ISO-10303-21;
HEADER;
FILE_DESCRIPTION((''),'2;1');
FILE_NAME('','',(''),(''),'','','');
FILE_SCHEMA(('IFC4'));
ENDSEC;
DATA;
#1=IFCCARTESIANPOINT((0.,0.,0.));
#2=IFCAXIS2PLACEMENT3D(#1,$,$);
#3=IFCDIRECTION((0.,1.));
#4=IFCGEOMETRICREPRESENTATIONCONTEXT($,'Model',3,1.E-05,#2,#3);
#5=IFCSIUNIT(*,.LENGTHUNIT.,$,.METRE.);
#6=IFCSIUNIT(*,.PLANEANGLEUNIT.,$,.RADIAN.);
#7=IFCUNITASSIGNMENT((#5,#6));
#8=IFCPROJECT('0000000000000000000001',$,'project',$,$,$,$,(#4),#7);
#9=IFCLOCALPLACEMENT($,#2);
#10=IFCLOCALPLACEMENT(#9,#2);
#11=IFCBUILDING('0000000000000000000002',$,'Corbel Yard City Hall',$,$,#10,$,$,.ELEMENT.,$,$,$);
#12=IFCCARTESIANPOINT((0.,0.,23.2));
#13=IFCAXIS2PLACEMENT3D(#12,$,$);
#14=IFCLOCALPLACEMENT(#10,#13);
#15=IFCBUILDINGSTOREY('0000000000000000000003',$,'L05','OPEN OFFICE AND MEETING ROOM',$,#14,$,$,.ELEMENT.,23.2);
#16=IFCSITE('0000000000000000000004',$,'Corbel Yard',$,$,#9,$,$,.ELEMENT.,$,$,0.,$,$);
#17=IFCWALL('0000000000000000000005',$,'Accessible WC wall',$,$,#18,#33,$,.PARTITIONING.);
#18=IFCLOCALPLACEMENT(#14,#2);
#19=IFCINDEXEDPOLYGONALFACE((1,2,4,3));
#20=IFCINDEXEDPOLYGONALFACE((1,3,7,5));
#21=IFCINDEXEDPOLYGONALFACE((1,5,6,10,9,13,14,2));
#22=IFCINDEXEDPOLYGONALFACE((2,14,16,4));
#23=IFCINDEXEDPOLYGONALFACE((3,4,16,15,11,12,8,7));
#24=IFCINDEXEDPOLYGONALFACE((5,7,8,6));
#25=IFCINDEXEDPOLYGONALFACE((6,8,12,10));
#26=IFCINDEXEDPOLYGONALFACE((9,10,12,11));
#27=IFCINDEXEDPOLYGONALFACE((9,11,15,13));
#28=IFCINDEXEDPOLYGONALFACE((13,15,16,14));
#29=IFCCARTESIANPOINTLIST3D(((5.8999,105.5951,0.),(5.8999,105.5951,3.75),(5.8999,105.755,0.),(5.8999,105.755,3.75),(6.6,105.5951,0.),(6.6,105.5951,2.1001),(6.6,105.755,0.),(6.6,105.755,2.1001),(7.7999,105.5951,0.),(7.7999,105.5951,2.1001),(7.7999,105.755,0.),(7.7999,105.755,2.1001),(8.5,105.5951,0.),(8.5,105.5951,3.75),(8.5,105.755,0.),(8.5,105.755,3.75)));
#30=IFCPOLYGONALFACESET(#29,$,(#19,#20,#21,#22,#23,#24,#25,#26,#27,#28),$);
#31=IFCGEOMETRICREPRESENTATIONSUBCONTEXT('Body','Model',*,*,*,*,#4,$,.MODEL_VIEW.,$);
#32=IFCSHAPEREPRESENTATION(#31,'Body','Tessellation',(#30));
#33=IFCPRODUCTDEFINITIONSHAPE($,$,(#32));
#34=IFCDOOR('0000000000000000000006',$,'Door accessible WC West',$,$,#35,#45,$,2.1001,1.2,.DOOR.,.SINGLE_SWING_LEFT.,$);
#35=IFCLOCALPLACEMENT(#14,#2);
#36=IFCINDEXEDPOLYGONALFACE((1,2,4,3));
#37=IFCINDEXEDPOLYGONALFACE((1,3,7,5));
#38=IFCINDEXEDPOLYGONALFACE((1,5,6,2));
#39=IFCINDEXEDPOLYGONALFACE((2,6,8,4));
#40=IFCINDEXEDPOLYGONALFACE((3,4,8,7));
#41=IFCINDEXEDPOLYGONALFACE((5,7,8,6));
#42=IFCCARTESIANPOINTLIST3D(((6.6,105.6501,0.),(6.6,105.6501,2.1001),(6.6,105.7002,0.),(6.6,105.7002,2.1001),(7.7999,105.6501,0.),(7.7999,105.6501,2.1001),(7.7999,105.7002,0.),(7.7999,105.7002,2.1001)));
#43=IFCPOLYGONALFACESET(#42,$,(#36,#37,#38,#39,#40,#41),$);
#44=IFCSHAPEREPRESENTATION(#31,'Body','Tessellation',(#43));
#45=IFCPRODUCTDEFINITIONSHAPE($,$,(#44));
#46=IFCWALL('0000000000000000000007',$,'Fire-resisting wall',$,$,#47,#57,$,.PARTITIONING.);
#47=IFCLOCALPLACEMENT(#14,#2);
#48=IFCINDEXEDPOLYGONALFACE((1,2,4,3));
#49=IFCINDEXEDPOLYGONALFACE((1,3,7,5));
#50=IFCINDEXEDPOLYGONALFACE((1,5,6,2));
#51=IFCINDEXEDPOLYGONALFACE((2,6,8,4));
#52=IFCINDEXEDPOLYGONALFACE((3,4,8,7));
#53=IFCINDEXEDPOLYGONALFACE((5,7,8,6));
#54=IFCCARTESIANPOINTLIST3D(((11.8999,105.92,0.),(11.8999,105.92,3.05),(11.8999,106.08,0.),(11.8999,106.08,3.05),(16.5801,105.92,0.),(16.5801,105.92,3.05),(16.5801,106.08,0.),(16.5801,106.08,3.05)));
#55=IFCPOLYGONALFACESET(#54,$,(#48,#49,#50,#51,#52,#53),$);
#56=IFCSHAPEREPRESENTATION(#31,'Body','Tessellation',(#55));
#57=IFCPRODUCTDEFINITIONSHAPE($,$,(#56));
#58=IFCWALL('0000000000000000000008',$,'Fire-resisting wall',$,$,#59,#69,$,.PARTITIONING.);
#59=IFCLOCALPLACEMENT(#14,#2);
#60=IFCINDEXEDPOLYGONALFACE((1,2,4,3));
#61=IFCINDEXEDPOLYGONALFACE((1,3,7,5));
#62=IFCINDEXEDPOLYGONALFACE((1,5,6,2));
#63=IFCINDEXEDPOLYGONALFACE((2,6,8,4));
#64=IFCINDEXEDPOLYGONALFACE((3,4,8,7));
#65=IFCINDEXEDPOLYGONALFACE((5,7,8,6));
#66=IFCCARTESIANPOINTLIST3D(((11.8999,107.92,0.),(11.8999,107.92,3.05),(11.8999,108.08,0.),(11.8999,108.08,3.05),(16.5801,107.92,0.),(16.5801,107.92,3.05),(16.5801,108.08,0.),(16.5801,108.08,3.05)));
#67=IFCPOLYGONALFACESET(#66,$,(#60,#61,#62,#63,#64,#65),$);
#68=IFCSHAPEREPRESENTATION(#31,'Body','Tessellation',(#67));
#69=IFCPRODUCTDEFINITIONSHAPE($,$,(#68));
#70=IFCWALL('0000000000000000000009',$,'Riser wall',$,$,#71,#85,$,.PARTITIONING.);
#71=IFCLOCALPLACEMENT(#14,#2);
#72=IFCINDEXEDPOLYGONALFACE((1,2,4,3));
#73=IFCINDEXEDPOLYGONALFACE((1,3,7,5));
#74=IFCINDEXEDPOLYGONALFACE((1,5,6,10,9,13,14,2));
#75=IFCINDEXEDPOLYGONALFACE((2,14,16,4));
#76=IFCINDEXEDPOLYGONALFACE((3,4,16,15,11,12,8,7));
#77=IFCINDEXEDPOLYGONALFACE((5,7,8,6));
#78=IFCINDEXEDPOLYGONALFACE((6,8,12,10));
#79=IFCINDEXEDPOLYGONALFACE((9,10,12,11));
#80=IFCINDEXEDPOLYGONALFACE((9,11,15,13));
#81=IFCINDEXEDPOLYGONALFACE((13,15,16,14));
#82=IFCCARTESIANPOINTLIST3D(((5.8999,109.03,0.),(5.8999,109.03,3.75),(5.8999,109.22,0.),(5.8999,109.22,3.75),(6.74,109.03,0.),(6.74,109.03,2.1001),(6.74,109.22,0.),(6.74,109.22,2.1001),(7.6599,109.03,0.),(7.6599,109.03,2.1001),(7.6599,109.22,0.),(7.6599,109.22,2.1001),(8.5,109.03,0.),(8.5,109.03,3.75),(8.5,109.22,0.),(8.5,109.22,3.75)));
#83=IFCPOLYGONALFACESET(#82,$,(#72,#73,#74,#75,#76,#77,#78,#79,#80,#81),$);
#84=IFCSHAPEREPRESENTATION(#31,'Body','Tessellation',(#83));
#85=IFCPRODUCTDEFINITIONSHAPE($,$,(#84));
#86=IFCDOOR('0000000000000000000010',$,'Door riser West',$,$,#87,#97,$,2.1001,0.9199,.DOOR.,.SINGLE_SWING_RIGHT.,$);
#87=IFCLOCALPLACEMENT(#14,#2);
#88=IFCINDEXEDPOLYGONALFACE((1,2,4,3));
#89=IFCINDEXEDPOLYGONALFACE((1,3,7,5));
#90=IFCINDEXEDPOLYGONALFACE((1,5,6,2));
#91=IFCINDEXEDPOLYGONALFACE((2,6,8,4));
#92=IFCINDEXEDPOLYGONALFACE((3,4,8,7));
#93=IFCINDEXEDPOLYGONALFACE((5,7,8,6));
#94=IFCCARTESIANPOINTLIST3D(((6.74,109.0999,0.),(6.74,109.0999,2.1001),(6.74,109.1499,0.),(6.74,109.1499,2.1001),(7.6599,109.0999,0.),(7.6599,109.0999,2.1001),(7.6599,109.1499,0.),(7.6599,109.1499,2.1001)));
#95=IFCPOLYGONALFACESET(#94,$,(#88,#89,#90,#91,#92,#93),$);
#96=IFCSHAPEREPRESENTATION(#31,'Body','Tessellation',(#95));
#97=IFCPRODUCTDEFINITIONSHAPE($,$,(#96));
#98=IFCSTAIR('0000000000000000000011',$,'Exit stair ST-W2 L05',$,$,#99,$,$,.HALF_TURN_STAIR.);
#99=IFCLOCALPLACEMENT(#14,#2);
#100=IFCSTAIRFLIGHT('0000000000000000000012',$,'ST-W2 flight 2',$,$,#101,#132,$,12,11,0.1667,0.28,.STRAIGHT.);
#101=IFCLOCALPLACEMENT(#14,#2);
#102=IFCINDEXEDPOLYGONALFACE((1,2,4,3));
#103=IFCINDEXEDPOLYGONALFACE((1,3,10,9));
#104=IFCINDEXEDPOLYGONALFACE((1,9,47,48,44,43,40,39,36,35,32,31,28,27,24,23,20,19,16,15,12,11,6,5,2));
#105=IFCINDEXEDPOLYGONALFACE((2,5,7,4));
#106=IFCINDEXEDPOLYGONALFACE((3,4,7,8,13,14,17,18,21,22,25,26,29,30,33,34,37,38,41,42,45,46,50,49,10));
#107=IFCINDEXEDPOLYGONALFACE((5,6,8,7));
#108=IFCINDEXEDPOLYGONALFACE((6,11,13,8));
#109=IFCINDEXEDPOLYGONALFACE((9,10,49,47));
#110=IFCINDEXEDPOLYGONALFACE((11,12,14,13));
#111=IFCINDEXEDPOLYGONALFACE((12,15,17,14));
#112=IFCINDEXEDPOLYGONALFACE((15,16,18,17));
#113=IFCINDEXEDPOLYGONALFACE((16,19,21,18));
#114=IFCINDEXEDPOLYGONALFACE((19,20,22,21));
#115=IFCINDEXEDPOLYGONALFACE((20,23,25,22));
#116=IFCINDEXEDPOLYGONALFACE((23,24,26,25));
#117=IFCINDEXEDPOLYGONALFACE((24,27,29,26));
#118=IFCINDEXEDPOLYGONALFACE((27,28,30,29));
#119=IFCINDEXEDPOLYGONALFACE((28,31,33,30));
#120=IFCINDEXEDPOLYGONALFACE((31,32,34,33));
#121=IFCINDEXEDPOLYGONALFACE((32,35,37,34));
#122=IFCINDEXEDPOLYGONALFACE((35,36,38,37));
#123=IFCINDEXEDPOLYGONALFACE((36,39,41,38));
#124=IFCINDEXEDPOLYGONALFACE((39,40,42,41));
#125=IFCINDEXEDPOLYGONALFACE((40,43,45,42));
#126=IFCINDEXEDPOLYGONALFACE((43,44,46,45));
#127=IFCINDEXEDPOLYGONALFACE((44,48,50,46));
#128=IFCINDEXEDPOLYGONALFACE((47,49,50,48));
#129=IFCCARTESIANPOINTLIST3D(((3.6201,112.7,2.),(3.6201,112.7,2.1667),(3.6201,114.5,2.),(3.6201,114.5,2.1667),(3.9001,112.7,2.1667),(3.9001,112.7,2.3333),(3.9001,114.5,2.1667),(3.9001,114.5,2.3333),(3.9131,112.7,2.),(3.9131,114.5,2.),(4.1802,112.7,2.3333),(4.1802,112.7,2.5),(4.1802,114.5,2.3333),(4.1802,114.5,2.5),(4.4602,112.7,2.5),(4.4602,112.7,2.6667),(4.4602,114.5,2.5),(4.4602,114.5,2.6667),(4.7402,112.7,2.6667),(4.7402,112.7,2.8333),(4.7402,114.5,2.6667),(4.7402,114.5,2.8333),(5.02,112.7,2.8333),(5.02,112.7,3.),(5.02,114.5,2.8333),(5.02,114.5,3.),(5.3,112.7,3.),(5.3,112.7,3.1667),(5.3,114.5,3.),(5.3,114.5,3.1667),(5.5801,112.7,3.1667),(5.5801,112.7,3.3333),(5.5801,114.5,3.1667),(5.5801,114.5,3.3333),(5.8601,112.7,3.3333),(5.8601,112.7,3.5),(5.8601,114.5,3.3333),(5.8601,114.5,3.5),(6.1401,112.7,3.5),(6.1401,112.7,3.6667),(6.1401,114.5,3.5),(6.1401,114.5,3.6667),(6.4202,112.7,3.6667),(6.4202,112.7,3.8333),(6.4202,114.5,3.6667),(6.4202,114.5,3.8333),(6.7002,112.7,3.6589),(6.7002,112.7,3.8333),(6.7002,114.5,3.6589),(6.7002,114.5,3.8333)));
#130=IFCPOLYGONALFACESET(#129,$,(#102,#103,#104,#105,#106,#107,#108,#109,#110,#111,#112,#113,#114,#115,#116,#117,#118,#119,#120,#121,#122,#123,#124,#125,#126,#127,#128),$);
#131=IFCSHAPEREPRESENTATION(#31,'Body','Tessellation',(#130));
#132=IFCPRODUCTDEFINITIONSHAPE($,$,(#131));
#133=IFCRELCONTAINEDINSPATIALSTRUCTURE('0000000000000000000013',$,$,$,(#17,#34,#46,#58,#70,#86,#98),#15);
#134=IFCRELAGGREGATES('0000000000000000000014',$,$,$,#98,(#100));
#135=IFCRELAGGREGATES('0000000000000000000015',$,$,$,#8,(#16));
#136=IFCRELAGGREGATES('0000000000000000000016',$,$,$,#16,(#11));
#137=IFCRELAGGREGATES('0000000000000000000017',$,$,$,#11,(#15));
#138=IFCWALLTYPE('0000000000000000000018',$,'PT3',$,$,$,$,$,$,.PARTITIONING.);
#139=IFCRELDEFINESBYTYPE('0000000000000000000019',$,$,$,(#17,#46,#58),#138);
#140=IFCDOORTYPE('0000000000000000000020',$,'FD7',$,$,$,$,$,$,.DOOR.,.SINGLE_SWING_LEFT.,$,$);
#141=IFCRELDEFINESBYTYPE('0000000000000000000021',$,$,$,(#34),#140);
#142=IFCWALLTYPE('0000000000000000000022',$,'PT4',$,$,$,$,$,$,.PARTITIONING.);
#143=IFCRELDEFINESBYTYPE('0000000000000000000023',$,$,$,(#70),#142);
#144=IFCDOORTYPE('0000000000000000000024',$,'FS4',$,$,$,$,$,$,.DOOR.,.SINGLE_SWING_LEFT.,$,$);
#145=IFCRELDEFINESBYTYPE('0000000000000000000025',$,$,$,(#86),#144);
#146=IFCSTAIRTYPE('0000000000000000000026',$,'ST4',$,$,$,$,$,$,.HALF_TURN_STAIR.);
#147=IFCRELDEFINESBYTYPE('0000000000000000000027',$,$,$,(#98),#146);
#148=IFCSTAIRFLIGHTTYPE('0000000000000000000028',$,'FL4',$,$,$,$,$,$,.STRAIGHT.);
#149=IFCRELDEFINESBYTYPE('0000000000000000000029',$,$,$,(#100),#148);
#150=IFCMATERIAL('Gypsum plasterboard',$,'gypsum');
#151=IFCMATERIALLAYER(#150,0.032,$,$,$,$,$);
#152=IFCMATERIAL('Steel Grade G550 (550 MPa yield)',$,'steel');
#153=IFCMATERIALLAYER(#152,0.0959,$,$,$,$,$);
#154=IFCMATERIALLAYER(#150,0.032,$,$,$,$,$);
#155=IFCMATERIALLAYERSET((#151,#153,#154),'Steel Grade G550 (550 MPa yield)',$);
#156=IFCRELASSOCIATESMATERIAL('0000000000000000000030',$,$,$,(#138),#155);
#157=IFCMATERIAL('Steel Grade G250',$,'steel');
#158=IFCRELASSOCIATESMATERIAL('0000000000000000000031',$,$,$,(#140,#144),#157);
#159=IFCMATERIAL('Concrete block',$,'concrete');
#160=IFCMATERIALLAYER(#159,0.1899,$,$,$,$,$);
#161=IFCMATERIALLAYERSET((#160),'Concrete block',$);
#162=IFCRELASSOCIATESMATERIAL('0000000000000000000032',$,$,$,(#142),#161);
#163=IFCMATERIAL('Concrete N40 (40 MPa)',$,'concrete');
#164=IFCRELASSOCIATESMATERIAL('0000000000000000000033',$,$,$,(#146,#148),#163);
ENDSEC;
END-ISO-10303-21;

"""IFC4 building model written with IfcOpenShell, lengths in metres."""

from ifc_helpers import new_model, si_unit, direction, frame, frame_2d, origin, place, context, subcontext, project, spatial, polyline, rectangle, outline, extrude, material, layer, layer_set, type_object, element, fill, aggregate, save


model = new_model("IFC4")

# Units and contexts
model_context = context("Model", 3, precision=1e-05, world=origin(), true_north=direction((0.0, 1.0)))
body_context = subcontext(model_context, "Body", "Model", "MODEL_VIEW")
ifc_project = project(units=[si_unit("LENGTHUNIT", "METRE"), si_unit("PLANEANGLEUNIT", "RADIAN")], contexts=[model_context])

# Site, building, storey
site_placement = place(None, origin())
site = spatial("IfcSite", under=ifc_project, at=site_placement, Name="Corbel Yard", CompositionType="ELEMENT", RefElevation=0.0)
building_placement = place(site_placement, origin())
building = spatial("IfcBuilding", under=site, at=building_placement, Name="Corbel Yard City Hall", CompositionType="ELEMENT")
storey_placement = place(building_placement, frame((0.0, 0.0, 23.2)))
storey = spatial("IfcBuildingStorey", under=building, at=storey_placement, Name="L05", Description="OPEN OFFICE AND MEETING ROOM", CompositionType="ELEMENT", Elevation=23.2)

# Shared definitions
ifc_material_1 = material(Name="Concrete N40 (40 MPa)", Category="concrete")

# Wall, opening, door
ifc_material_2 = material(Name="Gypsum plasterboard", Category="gypsum")
ifc_layer_1 = layer(ifc_material_2, 0.032)
ifc_material_3 = material(Name="Steel Grade G550 (550 MPa yield)", Category="steel")
ifc_layer_2 = layer(ifc_material_3, 0.0959)
ifc_layer_3 = layer(ifc_material_2, 0.032)
ifc_layer_set_1 = layer_set([ifc_layer_1, ifc_layer_2, ifc_layer_3], Name="Steel Grade G550 (550 MPa yield)")
wall_type_1 = type_object("IfcWallType", Name="PT3", PredefinedType="PARTITIONING", material=ifc_layer_set_1)
wall_1_placement = place(storey_placement, frame((8.5, 105.675, 0.0), z_axis=(0.0, 0.0, 1.0), x_axis=(-1.0, 0.0, 0.0)))
wall_1 = element("IfcWall", 1, at=wall_1_placement, inside=storey, type_object=wall_type_1, Name="Accessible WC wall", PredefinedType="PARTITIONING", context=body_context, shape_type="SweptSolid", body=[
    extrude(rectangle(XDim=2.6001, YDim=0.1599, at=frame_2d((1.3, 0.0))), origin(), (0.0, 0.0, 1.0), 3.75),
])
opening_1_placement = place(wall_1_placement, frame((0.7, 0.0, 0.0)))
opening_1 = element("IfcOpeningElement", 2, at=opening_1_placement, cuts=wall_1, PredefinedType="OPENING", context=body_context, shape_type="SweptSolid", body=[
    extrude(rectangle(XDim=1.2, YDim=2.1001, at=frame_2d((0.6001, 1.05))), frame((0.0, 0.0898, 0.0), z_axis=(0.0, -1.0, 0.0), x_axis=(1.0, 0.0, 0.0)), (0.0, 0.0, 1.0), 0.1799),
])
ifc_material_4 = material(Name="Steel Grade G250", Category="steel")
door_type_1 = type_object("IfcDoorType", Name="FD7", OperationType="SINGLE_SWING_LEFT", PredefinedType="DOOR", material=ifc_material_4)
door_1_placement = place(opening_1_placement, origin())
door_1 = element("IfcDoor", 3, at=door_1_placement, inside=storey, type_object=door_type_1, Name="Door accessible WC West", OperationType="SINGLE_SWING_LEFT", OverallHeight=2.1001, OverallWidth=1.2, PredefinedType="DOOR", context=body_context, shape_type="SweptSolid", body=[
    extrude(rectangle(XDim=1.2, YDim=2.1001, at=frame_2d((0.6001, 1.05))), frame((0.0, 0.0249, 0.0), z_axis=(0.0, -1.0, 0.0), x_axis=(1.0, 0.0, 0.0)), (0.0, 0.0, 1.0), 0.05),
])
fill(opening_1, door_1)

# Walls
for number, where, z_axis, x_axis, name in (
    (4, (11.8999, 106.0, 0.0), (0.0, 0.0, 1.0), (1.0, 0.0, 0.0), "Fire-resisting wall"),
    (5, (11.8999, 108.0, 0.0), (0.0, 0.0, 1.0), (1.0, 0.0, 0.0), "Fire-resisting wall"),
):
    element("IfcWall", number, at=place(storey_placement, frame(where, z_axis=z_axis, x_axis=x_axis)), inside=storey, type_object=wall_type_1, Name=name, PredefinedType="PARTITIONING", context=body_context, shape_type="SweptSolid", body=[
        extrude(rectangle(XDim=4.6802, YDim=0.1599, at=frame_2d((2.3401, 0.0))), origin(), (0.0, 0.0, 1.0), 3.05),
    ])

# Wall, opening, door
ifc_material_5 = material(Name="Concrete block", Category="concrete")
ifc_layer_4 = layer(ifc_material_5, 0.1899)
ifc_layer_set_2 = layer_set([ifc_layer_4], Name="Concrete block")
wall_type_2 = type_object("IfcWallType", Name="PT4", PredefinedType="PARTITIONING", material=ifc_layer_set_2)
wall_2_placement = place(storey_placement, frame((8.5, 109.125, 0.0), z_axis=(0.0, 0.0, 1.0), x_axis=(-1.0, 0.0, 0.0)))
wall_2 = element("IfcWall", 6, at=wall_2_placement, inside=storey, type_object=wall_type_2, Name="Riser wall", PredefinedType="PARTITIONING", context=body_context, shape_type="SweptSolid", body=[
    extrude(rectangle(XDim=2.6001, YDim=0.1899, at=frame_2d((1.3, 0.0))), origin(), (0.0, 0.0, 1.0), 3.75),
])
opening_2_placement = place(wall_2_placement, frame((0.8401, 0.0, 0.0)))
opening_2 = element("IfcOpeningElement", 7, at=opening_2_placement, cuts=wall_2, PredefinedType="OPENING", context=body_context, shape_type="SweptSolid", body=[
    extrude(rectangle(XDim=0.9199, YDim=2.1001, at=frame_2d((0.46, 1.05))), frame((0.0, 0.105, 0.0), z_axis=(0.0, -1.0, 0.0), x_axis=(1.0, 0.0, 0.0)), (0.0, 0.0, 1.0), 0.21),
])
door_type_2 = type_object("IfcDoorType", Name="FS4", OperationType="SINGLE_SWING_LEFT", PredefinedType="DOOR", material=ifc_material_4)
door_2_placement = place(opening_2_placement, frame((0.9199, 0.0, 0.0), z_axis=(0.0, 0.0, 1.0), x_axis=(-1.0, 0.0, 0.0)))
door_2 = element("IfcDoor", 8, at=door_2_placement, inside=storey, type_object=door_type_2, Name="Door riser West", OperationType="SINGLE_SWING_RIGHT", OverallHeight=2.1001, OverallWidth=0.9199, PredefinedType="DOOR", context=body_context, shape_type="SweptSolid", body=[
    extrude(rectangle(XDim=0.9199, YDim=2.1001, at=frame_2d((0.46, 1.05))), frame((0.0, 0.0249, 0.0), z_axis=(0.0, -1.0, 0.0), x_axis=(1.0, 0.0, 0.0)), (0.0, 0.0, 1.0), 0.05),
])
fill(opening_2, door_2)

# Stair, stair flight
stair_type = type_object("IfcStairType", Name="ST4", PredefinedType="HALF_TURN_STAIR", material=ifc_material_1)
stair_placement = place(storey_placement, origin())
stair = element("IfcStair", 9, at=stair_placement, inside=storey, type_object=stair_type, Name="Exit stair ST-W2 L05", PredefinedType="HALF_TURN_STAIR")
stair_flight_type = type_object("IfcStairFlightType", Name="FL4", PredefinedType="STRAIGHT", material=ifc_material_1)
stair_flight_placement = place(storey_placement, frame((3.6201, 113.6001, 2.0), z_axis=(0.0, 0.0, 1.0), x_axis=(1.0, 0.0, 0.0)))
stair_flight = element("IfcStairFlight", 10, at=stair_flight_placement, type_object=stair_flight_type, Name="ST-W2 flight 2", NumberOfRisers=12, NumberOfTreads=11, PredefinedType="STRAIGHT", RiserHeight=0.1667, TreadLength=0.28, context=body_context, shape_type="SweptSolid", body=[
    extrude(outline(polyline([(0.0, 0.0), (0.0, 0.1667), (0.28, 0.1667), (0.28, 0.3333), (0.5601, 0.3333), (0.5601, 0.5), (0.8401, 0.5), (0.8401, 0.6667), (1.1201, 0.6667), (1.1201, 0.8333), (1.3999, 0.8333), (1.3999, 1.0), (1.6799, 1.0), (1.6799, 1.1667), (1.96, 1.1667), (1.96, 1.3333), (2.24, 1.3333), (2.24, 1.5), (2.52, 1.5), (2.52, 1.6667), (2.8, 1.6667), (2.8, 1.8333), (3.0801, 1.8333), (3.0801, 2.0), (3.0801, 1.6589), (0.293, 0.0), (0.0, 0.0)])), frame((0.0, 0.8999, 0.0), z_axis=(0.0, -1.0, 0.0), x_axis=(1.0, 0.0, 0.0)), (0.0, 0.0, 1.0), 1.8),
])
aggregate(stair, [stair_flight])

save(model, "model.ifc")
